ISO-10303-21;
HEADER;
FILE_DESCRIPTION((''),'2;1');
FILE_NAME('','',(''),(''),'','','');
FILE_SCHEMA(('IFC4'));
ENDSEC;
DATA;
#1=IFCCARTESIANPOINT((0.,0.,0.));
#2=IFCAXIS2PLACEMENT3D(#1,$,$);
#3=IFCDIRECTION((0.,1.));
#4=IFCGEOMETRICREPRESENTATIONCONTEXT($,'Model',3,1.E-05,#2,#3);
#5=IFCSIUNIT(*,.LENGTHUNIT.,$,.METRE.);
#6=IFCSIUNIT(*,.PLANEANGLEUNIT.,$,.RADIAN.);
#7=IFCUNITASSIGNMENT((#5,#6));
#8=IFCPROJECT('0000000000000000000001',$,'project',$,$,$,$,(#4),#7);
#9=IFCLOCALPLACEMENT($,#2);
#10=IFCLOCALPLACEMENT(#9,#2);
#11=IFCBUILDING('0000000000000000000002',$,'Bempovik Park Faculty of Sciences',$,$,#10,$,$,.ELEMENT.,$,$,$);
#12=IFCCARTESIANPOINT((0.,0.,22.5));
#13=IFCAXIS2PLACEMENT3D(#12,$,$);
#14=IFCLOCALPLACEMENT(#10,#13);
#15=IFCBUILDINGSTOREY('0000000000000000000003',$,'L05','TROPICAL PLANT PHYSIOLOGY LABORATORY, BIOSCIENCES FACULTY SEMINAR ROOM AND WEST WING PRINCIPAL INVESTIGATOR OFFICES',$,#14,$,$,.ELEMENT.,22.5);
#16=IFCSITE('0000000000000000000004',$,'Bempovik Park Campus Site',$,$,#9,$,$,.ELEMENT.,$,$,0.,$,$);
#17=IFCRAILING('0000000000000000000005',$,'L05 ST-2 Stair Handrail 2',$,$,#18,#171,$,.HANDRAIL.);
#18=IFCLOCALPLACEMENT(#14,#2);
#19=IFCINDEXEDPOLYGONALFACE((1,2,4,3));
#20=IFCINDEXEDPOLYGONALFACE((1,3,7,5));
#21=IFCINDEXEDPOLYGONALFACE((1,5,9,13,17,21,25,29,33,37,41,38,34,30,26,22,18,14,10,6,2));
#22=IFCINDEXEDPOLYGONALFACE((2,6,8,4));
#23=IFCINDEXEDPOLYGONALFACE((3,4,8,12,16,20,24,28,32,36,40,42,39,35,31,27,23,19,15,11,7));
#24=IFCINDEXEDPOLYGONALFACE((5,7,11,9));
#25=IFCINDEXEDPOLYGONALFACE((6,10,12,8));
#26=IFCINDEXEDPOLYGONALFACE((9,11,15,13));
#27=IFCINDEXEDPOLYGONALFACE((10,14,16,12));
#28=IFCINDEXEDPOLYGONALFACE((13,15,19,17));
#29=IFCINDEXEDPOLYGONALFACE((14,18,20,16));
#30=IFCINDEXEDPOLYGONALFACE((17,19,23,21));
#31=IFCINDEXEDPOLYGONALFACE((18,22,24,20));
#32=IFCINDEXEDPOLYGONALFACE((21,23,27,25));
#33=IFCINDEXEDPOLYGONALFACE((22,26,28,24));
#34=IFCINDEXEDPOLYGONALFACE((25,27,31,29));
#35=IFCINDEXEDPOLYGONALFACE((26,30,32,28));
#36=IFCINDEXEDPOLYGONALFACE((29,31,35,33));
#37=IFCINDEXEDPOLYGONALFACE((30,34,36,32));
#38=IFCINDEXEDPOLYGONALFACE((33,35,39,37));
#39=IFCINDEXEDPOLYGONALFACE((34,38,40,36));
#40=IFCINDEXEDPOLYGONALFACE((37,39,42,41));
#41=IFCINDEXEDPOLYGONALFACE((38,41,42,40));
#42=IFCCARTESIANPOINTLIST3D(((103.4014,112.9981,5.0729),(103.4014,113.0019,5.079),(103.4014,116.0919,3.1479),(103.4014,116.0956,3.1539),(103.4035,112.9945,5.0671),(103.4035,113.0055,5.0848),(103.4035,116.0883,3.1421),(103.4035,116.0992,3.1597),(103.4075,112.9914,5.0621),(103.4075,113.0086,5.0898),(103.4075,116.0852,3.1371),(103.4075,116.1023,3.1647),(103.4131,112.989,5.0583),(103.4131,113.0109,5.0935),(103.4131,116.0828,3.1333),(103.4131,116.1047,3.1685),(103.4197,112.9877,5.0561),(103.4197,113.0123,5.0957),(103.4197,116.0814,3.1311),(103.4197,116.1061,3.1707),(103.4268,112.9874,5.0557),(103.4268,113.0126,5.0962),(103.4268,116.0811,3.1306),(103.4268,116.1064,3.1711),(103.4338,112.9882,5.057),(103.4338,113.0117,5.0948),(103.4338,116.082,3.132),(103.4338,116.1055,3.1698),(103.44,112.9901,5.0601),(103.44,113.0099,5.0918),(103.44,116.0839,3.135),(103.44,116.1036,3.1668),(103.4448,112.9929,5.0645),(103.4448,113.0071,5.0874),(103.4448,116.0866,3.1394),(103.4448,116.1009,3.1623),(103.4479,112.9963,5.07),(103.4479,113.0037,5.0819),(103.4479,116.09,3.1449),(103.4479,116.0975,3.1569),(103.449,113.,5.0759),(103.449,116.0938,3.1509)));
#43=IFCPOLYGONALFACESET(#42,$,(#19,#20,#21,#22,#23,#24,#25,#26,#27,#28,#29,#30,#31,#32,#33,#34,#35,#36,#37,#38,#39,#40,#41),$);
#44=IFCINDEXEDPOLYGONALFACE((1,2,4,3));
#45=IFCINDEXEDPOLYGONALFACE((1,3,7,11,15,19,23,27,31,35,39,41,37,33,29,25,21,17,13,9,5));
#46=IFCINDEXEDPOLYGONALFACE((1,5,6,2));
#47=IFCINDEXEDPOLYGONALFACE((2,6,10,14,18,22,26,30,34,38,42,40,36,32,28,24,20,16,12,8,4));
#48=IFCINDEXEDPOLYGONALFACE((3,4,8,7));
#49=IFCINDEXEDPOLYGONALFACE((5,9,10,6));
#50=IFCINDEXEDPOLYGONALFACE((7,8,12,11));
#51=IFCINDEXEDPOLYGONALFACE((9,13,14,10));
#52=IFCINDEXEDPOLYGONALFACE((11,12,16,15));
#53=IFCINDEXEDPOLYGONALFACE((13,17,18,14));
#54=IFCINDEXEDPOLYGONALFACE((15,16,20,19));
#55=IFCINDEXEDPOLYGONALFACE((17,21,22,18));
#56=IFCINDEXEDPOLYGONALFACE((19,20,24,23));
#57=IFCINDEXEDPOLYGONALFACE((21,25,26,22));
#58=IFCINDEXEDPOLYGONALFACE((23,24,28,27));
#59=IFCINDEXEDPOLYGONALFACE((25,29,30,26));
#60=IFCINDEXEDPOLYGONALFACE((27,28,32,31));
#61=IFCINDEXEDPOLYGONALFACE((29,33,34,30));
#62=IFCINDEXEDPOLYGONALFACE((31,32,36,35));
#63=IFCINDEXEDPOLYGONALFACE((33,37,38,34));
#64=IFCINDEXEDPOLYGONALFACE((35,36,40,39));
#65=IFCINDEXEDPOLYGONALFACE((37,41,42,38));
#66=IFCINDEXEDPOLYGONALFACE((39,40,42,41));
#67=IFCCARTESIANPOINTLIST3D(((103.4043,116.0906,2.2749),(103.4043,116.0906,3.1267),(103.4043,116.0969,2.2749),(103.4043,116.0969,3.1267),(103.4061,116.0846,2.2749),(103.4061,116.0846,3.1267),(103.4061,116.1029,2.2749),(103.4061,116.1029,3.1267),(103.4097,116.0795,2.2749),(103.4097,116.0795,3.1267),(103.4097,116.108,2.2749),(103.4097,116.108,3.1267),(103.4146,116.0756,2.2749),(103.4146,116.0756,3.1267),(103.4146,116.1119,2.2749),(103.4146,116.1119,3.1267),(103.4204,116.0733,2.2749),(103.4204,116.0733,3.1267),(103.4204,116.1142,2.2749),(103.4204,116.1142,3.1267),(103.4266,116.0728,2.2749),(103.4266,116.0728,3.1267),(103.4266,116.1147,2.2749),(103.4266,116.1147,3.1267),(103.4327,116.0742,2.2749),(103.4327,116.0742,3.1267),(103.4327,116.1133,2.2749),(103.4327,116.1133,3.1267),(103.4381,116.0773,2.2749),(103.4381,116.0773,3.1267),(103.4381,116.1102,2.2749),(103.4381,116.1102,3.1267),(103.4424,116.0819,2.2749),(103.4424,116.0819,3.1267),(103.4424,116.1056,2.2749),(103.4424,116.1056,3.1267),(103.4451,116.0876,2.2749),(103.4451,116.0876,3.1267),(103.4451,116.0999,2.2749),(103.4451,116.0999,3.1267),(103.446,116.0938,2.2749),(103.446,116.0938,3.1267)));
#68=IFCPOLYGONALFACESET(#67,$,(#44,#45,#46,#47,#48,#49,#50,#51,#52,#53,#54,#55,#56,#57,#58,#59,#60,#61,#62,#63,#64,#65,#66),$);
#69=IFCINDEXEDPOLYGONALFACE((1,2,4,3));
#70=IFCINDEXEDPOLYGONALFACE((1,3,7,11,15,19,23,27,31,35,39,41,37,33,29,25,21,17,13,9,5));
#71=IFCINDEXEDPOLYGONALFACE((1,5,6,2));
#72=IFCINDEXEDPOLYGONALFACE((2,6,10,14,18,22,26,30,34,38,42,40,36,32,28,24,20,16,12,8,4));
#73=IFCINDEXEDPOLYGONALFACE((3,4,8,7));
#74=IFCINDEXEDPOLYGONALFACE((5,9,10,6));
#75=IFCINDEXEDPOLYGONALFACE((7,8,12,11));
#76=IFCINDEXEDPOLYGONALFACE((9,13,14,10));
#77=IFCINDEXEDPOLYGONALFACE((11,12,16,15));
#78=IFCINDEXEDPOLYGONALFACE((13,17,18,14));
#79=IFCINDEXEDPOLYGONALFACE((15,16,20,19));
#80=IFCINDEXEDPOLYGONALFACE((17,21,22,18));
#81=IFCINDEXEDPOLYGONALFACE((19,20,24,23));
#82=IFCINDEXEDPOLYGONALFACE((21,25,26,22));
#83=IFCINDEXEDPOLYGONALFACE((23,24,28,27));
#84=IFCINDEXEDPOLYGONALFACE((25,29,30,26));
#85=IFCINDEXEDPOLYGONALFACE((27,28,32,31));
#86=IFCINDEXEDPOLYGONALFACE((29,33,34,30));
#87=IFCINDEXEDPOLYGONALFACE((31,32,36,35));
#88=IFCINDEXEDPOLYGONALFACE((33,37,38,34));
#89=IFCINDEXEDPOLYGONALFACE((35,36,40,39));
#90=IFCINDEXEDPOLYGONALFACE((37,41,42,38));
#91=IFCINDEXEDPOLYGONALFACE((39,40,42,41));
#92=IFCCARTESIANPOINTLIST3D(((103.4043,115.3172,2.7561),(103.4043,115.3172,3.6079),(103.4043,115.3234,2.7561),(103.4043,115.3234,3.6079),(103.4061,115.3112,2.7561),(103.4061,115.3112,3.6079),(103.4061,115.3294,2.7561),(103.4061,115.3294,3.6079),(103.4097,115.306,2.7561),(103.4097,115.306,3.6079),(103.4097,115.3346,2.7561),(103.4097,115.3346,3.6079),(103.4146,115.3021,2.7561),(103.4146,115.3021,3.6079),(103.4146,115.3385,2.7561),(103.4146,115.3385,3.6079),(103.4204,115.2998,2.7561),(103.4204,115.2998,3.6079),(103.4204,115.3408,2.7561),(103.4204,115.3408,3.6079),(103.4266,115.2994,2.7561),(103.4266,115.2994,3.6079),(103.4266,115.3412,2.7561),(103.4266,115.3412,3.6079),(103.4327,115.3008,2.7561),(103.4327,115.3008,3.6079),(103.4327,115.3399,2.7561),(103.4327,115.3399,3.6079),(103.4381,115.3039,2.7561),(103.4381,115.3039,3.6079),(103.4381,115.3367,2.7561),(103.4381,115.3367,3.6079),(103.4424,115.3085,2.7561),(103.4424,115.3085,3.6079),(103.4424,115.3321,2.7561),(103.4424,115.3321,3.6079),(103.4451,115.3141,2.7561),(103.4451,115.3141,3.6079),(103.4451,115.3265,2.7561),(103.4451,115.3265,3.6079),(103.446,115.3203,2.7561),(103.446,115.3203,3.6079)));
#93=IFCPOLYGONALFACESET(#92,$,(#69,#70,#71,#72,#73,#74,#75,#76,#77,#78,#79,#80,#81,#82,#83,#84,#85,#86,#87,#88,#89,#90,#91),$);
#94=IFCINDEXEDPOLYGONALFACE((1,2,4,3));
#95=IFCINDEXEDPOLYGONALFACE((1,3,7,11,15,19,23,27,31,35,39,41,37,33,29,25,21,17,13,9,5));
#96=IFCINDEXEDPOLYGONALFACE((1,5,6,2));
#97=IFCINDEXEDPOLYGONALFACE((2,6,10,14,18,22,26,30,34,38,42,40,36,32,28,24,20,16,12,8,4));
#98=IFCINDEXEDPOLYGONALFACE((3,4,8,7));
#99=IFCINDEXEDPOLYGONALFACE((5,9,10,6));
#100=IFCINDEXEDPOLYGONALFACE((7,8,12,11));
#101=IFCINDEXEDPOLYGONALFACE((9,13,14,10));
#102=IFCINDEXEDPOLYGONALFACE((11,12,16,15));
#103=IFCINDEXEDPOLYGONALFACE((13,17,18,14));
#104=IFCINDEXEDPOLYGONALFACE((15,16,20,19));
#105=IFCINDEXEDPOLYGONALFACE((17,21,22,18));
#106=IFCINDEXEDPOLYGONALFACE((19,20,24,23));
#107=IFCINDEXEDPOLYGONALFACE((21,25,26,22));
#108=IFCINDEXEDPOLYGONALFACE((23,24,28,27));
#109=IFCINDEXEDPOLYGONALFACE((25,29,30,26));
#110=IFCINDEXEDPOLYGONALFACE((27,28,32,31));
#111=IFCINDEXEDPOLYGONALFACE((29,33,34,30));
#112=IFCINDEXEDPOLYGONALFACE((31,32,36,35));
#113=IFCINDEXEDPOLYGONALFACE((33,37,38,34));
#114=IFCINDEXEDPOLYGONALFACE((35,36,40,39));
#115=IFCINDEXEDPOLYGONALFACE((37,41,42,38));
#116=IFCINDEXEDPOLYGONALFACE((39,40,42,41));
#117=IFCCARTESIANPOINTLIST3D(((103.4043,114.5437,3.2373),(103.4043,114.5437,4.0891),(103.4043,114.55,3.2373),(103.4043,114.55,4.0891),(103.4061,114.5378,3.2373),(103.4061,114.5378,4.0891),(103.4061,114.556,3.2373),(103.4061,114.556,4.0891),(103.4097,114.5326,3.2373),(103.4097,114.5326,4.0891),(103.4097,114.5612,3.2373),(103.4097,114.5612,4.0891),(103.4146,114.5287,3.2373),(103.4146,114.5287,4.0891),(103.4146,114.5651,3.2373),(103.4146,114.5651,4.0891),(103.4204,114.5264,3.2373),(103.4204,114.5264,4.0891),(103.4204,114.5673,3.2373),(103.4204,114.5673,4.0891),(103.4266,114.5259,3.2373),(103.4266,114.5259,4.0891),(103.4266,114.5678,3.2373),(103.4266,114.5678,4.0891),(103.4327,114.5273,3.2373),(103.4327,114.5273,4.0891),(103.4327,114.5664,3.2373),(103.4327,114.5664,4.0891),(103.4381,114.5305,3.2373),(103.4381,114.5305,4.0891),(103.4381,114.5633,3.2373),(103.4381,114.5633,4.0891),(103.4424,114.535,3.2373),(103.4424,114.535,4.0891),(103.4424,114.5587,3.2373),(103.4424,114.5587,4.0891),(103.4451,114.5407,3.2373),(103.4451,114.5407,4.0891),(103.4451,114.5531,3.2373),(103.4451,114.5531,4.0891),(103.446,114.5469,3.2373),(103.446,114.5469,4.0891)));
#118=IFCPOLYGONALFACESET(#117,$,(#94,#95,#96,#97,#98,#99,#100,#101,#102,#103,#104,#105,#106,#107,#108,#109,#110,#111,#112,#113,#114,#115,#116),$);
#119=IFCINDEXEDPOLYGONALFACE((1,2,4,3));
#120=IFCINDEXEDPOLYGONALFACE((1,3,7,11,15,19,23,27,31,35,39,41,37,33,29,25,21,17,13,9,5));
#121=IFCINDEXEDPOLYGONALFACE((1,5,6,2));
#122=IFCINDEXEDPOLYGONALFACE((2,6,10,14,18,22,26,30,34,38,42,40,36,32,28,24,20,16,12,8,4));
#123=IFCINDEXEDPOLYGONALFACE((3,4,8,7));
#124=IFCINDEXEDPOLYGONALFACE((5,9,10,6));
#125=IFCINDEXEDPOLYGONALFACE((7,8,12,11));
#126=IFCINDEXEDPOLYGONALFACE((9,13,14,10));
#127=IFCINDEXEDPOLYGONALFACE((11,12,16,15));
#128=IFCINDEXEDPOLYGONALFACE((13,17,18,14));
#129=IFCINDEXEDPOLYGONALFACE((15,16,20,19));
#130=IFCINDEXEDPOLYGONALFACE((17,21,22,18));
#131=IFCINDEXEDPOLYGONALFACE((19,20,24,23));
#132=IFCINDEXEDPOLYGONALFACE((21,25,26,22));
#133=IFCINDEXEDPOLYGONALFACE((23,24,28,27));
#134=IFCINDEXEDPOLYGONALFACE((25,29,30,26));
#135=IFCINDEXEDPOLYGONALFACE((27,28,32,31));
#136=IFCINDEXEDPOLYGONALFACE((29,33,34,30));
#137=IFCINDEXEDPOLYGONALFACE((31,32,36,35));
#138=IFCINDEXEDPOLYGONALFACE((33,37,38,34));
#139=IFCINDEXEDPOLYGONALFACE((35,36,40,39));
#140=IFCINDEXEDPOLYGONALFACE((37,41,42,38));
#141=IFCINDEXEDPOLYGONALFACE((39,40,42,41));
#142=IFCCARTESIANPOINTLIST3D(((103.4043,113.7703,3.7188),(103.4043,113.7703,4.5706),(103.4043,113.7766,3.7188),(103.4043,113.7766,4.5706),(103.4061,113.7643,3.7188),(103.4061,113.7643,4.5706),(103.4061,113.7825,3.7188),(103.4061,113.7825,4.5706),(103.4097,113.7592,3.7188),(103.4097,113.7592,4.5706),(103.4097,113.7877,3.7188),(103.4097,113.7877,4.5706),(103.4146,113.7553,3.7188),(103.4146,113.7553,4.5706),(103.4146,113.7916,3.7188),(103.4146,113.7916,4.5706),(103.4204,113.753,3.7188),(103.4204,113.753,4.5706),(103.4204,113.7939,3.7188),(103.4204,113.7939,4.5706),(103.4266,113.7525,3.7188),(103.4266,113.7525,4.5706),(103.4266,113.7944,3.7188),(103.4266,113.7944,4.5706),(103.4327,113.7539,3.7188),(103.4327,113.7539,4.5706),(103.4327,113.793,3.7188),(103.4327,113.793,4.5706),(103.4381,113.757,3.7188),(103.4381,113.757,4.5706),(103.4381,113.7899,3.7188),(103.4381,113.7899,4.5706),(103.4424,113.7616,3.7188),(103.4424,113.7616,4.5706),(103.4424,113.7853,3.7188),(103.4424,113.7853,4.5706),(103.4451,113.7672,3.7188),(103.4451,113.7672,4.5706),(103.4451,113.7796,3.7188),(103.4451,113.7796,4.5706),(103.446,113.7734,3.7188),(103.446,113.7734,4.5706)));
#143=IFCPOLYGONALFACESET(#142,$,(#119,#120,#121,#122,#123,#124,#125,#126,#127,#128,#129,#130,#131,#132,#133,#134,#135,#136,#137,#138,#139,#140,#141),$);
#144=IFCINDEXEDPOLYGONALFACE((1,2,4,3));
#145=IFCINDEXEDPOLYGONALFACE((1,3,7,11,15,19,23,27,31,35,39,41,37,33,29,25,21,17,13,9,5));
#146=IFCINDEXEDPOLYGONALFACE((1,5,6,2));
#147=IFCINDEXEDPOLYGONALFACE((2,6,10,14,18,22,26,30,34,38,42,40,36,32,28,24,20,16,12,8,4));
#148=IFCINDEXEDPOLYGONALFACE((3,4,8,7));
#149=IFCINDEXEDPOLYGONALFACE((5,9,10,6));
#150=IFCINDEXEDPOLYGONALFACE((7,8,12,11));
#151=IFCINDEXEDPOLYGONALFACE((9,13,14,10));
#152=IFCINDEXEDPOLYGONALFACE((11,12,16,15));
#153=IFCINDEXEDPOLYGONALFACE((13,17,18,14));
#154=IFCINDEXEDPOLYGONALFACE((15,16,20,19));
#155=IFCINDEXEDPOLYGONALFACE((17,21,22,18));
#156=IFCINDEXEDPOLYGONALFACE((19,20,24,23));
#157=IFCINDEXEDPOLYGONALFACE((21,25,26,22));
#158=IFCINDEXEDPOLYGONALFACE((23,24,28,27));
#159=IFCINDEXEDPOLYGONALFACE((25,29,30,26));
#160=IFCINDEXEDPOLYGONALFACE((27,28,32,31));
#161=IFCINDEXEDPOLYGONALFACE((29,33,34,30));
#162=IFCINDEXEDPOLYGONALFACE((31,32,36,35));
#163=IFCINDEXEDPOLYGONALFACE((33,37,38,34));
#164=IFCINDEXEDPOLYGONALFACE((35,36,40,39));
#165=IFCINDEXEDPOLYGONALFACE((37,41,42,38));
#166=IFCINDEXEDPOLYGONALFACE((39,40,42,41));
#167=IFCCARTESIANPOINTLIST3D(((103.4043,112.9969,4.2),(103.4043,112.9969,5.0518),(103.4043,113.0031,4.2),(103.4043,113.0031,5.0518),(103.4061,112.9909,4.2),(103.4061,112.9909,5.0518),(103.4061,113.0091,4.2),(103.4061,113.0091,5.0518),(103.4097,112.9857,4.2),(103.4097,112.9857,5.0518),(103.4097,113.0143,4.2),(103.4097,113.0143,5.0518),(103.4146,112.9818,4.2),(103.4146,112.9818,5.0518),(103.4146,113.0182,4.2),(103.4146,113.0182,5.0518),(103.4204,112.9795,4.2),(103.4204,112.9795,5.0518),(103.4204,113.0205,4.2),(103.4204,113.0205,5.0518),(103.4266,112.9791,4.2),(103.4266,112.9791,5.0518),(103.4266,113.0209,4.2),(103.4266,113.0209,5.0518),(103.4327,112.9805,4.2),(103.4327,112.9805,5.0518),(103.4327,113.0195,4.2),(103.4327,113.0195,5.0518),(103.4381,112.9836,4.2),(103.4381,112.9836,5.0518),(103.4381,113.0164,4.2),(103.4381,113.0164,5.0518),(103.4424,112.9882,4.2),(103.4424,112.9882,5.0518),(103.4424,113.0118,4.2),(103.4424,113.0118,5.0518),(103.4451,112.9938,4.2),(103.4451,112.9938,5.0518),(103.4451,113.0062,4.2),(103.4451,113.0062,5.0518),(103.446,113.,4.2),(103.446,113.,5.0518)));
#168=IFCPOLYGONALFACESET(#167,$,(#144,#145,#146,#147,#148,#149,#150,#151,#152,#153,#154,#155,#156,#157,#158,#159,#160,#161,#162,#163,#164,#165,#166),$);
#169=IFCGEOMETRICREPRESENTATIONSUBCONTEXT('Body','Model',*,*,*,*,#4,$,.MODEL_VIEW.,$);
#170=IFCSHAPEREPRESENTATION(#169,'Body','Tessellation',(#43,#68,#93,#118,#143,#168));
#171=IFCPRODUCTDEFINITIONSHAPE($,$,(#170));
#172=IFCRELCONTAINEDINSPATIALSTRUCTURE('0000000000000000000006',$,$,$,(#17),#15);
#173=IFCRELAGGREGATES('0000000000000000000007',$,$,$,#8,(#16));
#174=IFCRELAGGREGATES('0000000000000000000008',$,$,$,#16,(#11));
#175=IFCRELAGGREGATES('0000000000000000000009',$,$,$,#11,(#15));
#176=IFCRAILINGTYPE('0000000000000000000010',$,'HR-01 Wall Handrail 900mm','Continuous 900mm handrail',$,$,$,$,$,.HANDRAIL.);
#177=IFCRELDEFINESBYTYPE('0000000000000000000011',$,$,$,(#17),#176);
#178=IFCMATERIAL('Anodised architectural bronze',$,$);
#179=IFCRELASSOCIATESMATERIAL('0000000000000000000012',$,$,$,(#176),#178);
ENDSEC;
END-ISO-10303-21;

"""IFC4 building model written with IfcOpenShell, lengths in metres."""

from ifc_helpers import new_model, si_unit, direction, frame, origin, origin_2d, place, context, subcontext, project, spatial, circle, extrude, material, type_object, element, save


model = new_model("IFC4")

# Units and contexts
model_context = context("Model", 3, precision=1e-05, world=origin(), true_north=direction((0.0, 1.0)))
body_context = subcontext(model_context, "Body", "Model", "MODEL_VIEW")
ifc_project = project(units=[si_unit("LENGTHUNIT", "METRE"), si_unit("PLANEANGLEUNIT", "RADIAN")], contexts=[model_context])

# Site, building, storey
site_placement = place(None, origin())
site = spatial("IfcSite", under=ifc_project, at=site_placement, Name="Bempovik Park Campus Site", CompositionType="ELEMENT", RefElevation=0.0)
building_placement = place(site_placement, origin())
building = spatial("IfcBuilding", under=site, at=building_placement, Name="Bempovik Park Faculty of Sciences", CompositionType="ELEMENT")
storey_placement = place(building_placement, frame((0.0, 0.0, 22.5)))
storey = spatial("IfcBuildingStorey", under=building, at=storey_placement, Name="L05", Description="TROPICAL PLANT PHYSIOLOGY LABORATORY, BIOSCIENCES FACULTY SEMINAR ROOM AND WEST WING PRINCIPAL INVESTIGATOR OFFICES", CompositionType="ELEMENT", Elevation=22.5)

# Railing
ifc_material_1 = material(Name="Anodised architectural bronze")
railing_type_1 = type_object("IfcRailingType", Name="HR-01 Wall Handrail 900mm", Description="Continuous 900mm handrail", PredefinedType="HANDRAIL", material=ifc_material_1)
railing_1_placement = place(storey_placement, frame((103.425, 116.0938, 2.2749)))
element("IfcRailing", 1, at=railing_1_placement, inside=storey, type_object=railing_type_1, Name="L05 ST-2 Stair Handrail 2", PredefinedType="HANDRAIL", context=body_context, shape_type="SweptSolid", body=[
    extrude(circle(Radius=0.0239, at=origin_2d()), frame((0.0, 0.0, 0.876), z_axis=(0.0, -0.849051, 0.528312), x_axis=(1.0, 0.0, 0.0)), (0.0, 0.0, 1.0), 3.6438),
    extrude(circle(Radius=0.021, at=origin_2d()), origin(), (0.0, 0.0, 1.0), 0.8518),
    extrude(circle(Radius=0.021, at=origin_2d()), frame((0.0, -0.7734, 0.4812)), (0.0, 0.0, 1.0), 0.8518),
    extrude(circle(Radius=0.021, at=origin_2d()), frame((0.0, -1.5469, 0.9624)), (0.0, 0.0, 1.0), 0.8518),
    extrude(circle(Radius=0.021, at=origin_2d()), frame((0.0, -2.3203, 1.4438)), (0.0, 0.0, 1.0), 0.8518),
    extrude(circle(Radius=0.021, at=origin_2d()), frame((0.0, -3.0938, 1.925)), (0.0, 0.0, 1.0), 0.8518),
])

save(model, "model.ifc")
